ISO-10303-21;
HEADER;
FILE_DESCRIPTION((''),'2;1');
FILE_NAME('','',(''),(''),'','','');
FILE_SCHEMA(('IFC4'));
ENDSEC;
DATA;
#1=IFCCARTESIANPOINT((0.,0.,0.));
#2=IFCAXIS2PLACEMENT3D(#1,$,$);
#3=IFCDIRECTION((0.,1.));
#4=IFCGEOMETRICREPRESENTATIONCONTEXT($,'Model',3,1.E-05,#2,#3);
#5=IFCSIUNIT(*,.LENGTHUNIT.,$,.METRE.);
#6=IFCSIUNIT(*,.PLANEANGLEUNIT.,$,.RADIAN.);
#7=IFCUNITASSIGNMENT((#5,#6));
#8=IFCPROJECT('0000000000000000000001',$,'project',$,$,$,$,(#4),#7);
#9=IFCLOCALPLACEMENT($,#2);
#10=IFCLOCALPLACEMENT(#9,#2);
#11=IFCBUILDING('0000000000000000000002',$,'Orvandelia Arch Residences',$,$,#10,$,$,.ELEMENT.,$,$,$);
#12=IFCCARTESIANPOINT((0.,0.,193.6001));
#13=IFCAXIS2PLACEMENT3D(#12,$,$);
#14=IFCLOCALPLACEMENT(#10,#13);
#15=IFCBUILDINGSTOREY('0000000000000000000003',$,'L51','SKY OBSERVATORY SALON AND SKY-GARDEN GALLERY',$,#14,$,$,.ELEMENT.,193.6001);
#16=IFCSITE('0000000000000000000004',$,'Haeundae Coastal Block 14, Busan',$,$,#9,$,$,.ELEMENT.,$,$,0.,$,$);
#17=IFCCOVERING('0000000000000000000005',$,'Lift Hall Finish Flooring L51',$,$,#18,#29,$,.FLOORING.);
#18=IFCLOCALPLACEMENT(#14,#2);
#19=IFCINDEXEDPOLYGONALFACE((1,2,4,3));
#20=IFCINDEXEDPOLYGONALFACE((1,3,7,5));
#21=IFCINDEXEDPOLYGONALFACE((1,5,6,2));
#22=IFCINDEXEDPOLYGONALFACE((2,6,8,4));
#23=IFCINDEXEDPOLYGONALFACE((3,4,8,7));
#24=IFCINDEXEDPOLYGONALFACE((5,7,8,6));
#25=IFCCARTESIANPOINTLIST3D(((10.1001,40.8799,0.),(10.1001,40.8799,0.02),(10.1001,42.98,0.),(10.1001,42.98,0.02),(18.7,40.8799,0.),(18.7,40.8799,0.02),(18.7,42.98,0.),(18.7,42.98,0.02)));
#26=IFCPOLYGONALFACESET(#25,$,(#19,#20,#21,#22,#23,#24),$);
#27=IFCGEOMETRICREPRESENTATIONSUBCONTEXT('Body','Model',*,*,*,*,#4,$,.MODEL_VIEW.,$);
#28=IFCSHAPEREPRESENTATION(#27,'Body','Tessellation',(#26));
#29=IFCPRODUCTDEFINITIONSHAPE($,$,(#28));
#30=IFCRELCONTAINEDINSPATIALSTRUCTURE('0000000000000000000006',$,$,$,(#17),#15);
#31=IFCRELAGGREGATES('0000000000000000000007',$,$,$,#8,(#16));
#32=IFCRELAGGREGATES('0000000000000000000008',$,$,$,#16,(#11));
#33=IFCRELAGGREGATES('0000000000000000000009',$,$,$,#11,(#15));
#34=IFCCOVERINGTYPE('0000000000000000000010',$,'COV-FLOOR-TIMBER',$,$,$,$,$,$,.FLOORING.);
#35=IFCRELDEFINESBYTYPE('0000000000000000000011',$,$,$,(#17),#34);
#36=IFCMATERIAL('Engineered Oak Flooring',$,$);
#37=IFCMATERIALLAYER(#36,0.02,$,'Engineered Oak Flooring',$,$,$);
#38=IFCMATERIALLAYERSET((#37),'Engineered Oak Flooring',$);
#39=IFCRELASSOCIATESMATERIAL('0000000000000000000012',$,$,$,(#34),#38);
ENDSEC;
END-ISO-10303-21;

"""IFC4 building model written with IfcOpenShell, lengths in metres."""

from ifc_helpers import new_model, si_unit, direction, frame, origin, place, context, subcontext, project, spatial, polyline, outline, extrude, material, layer, layer_set, type_object, element, save


model = new_model("IFC4")

# Units and contexts
model_context = context("Model", 3, precision=1e-05, world=origin(), true_north=direction((0.0, 1.0)))
body_context = subcontext(model_context, "Body", "Model", "MODEL_VIEW")
ifc_project = project(units=[si_unit("LENGTHUNIT", "METRE"), si_unit("PLANEANGLEUNIT", "RADIAN")], contexts=[model_context])

# Site, building, storey
site_placement = place(None, origin())
site = spatial("IfcSite", under=ifc_project, at=site_placement, Name="Haeundae Coastal Block 14, Busan", CompositionType="ELEMENT", RefElevation=0.0)
building_placement = place(site_placement, origin())
building = spatial("IfcBuilding", under=site, at=building_placement, Name="Orvandelia Arch Residences", CompositionType="ELEMENT")
storey_placement = place(building_placement, frame((0.0, 0.0, 193.6001)))
storey = spatial("IfcBuildingStorey", under=building, at=storey_placement, Name="L51", Description="SKY OBSERVATORY SALON AND SKY-GARDEN GALLERY", CompositionType="ELEMENT", Elevation=193.6001)

# Covering
ifc_material_1 = material(Name="Engineered Oak Flooring")
ifc_layer_1 = layer(ifc_material_1, 0.02, Name="Engineered Oak Flooring")
ifc_layer_set_1 = layer_set([ifc_layer_1], Name="Engineered Oak Flooring")
covering_type_1 = type_object("IfcCoveringType", Name="COV-FLOOR-TIMBER", PredefinedType="FLOORING", material=ifc_layer_set_1)
covering_1_placement = place(storey_placement, origin())
element("IfcCovering", 1, at=covering_1_placement, inside=storey, type_object=covering_type_1, Name="Lift Hall Finish Flooring L51", PredefinedType="FLOORING", context=body_context, shape_type="SweptSolid", body=[
    extrude(outline(polyline([(10.1001, 40.8799), (18.7, 40.8799), (18.7, 42.98), (10.1001, 42.98), (10.1001, 40.8799)])), origin(), (0.0, 0.0, 1.0), 0.02),
])

save(model, "model.ifc")
